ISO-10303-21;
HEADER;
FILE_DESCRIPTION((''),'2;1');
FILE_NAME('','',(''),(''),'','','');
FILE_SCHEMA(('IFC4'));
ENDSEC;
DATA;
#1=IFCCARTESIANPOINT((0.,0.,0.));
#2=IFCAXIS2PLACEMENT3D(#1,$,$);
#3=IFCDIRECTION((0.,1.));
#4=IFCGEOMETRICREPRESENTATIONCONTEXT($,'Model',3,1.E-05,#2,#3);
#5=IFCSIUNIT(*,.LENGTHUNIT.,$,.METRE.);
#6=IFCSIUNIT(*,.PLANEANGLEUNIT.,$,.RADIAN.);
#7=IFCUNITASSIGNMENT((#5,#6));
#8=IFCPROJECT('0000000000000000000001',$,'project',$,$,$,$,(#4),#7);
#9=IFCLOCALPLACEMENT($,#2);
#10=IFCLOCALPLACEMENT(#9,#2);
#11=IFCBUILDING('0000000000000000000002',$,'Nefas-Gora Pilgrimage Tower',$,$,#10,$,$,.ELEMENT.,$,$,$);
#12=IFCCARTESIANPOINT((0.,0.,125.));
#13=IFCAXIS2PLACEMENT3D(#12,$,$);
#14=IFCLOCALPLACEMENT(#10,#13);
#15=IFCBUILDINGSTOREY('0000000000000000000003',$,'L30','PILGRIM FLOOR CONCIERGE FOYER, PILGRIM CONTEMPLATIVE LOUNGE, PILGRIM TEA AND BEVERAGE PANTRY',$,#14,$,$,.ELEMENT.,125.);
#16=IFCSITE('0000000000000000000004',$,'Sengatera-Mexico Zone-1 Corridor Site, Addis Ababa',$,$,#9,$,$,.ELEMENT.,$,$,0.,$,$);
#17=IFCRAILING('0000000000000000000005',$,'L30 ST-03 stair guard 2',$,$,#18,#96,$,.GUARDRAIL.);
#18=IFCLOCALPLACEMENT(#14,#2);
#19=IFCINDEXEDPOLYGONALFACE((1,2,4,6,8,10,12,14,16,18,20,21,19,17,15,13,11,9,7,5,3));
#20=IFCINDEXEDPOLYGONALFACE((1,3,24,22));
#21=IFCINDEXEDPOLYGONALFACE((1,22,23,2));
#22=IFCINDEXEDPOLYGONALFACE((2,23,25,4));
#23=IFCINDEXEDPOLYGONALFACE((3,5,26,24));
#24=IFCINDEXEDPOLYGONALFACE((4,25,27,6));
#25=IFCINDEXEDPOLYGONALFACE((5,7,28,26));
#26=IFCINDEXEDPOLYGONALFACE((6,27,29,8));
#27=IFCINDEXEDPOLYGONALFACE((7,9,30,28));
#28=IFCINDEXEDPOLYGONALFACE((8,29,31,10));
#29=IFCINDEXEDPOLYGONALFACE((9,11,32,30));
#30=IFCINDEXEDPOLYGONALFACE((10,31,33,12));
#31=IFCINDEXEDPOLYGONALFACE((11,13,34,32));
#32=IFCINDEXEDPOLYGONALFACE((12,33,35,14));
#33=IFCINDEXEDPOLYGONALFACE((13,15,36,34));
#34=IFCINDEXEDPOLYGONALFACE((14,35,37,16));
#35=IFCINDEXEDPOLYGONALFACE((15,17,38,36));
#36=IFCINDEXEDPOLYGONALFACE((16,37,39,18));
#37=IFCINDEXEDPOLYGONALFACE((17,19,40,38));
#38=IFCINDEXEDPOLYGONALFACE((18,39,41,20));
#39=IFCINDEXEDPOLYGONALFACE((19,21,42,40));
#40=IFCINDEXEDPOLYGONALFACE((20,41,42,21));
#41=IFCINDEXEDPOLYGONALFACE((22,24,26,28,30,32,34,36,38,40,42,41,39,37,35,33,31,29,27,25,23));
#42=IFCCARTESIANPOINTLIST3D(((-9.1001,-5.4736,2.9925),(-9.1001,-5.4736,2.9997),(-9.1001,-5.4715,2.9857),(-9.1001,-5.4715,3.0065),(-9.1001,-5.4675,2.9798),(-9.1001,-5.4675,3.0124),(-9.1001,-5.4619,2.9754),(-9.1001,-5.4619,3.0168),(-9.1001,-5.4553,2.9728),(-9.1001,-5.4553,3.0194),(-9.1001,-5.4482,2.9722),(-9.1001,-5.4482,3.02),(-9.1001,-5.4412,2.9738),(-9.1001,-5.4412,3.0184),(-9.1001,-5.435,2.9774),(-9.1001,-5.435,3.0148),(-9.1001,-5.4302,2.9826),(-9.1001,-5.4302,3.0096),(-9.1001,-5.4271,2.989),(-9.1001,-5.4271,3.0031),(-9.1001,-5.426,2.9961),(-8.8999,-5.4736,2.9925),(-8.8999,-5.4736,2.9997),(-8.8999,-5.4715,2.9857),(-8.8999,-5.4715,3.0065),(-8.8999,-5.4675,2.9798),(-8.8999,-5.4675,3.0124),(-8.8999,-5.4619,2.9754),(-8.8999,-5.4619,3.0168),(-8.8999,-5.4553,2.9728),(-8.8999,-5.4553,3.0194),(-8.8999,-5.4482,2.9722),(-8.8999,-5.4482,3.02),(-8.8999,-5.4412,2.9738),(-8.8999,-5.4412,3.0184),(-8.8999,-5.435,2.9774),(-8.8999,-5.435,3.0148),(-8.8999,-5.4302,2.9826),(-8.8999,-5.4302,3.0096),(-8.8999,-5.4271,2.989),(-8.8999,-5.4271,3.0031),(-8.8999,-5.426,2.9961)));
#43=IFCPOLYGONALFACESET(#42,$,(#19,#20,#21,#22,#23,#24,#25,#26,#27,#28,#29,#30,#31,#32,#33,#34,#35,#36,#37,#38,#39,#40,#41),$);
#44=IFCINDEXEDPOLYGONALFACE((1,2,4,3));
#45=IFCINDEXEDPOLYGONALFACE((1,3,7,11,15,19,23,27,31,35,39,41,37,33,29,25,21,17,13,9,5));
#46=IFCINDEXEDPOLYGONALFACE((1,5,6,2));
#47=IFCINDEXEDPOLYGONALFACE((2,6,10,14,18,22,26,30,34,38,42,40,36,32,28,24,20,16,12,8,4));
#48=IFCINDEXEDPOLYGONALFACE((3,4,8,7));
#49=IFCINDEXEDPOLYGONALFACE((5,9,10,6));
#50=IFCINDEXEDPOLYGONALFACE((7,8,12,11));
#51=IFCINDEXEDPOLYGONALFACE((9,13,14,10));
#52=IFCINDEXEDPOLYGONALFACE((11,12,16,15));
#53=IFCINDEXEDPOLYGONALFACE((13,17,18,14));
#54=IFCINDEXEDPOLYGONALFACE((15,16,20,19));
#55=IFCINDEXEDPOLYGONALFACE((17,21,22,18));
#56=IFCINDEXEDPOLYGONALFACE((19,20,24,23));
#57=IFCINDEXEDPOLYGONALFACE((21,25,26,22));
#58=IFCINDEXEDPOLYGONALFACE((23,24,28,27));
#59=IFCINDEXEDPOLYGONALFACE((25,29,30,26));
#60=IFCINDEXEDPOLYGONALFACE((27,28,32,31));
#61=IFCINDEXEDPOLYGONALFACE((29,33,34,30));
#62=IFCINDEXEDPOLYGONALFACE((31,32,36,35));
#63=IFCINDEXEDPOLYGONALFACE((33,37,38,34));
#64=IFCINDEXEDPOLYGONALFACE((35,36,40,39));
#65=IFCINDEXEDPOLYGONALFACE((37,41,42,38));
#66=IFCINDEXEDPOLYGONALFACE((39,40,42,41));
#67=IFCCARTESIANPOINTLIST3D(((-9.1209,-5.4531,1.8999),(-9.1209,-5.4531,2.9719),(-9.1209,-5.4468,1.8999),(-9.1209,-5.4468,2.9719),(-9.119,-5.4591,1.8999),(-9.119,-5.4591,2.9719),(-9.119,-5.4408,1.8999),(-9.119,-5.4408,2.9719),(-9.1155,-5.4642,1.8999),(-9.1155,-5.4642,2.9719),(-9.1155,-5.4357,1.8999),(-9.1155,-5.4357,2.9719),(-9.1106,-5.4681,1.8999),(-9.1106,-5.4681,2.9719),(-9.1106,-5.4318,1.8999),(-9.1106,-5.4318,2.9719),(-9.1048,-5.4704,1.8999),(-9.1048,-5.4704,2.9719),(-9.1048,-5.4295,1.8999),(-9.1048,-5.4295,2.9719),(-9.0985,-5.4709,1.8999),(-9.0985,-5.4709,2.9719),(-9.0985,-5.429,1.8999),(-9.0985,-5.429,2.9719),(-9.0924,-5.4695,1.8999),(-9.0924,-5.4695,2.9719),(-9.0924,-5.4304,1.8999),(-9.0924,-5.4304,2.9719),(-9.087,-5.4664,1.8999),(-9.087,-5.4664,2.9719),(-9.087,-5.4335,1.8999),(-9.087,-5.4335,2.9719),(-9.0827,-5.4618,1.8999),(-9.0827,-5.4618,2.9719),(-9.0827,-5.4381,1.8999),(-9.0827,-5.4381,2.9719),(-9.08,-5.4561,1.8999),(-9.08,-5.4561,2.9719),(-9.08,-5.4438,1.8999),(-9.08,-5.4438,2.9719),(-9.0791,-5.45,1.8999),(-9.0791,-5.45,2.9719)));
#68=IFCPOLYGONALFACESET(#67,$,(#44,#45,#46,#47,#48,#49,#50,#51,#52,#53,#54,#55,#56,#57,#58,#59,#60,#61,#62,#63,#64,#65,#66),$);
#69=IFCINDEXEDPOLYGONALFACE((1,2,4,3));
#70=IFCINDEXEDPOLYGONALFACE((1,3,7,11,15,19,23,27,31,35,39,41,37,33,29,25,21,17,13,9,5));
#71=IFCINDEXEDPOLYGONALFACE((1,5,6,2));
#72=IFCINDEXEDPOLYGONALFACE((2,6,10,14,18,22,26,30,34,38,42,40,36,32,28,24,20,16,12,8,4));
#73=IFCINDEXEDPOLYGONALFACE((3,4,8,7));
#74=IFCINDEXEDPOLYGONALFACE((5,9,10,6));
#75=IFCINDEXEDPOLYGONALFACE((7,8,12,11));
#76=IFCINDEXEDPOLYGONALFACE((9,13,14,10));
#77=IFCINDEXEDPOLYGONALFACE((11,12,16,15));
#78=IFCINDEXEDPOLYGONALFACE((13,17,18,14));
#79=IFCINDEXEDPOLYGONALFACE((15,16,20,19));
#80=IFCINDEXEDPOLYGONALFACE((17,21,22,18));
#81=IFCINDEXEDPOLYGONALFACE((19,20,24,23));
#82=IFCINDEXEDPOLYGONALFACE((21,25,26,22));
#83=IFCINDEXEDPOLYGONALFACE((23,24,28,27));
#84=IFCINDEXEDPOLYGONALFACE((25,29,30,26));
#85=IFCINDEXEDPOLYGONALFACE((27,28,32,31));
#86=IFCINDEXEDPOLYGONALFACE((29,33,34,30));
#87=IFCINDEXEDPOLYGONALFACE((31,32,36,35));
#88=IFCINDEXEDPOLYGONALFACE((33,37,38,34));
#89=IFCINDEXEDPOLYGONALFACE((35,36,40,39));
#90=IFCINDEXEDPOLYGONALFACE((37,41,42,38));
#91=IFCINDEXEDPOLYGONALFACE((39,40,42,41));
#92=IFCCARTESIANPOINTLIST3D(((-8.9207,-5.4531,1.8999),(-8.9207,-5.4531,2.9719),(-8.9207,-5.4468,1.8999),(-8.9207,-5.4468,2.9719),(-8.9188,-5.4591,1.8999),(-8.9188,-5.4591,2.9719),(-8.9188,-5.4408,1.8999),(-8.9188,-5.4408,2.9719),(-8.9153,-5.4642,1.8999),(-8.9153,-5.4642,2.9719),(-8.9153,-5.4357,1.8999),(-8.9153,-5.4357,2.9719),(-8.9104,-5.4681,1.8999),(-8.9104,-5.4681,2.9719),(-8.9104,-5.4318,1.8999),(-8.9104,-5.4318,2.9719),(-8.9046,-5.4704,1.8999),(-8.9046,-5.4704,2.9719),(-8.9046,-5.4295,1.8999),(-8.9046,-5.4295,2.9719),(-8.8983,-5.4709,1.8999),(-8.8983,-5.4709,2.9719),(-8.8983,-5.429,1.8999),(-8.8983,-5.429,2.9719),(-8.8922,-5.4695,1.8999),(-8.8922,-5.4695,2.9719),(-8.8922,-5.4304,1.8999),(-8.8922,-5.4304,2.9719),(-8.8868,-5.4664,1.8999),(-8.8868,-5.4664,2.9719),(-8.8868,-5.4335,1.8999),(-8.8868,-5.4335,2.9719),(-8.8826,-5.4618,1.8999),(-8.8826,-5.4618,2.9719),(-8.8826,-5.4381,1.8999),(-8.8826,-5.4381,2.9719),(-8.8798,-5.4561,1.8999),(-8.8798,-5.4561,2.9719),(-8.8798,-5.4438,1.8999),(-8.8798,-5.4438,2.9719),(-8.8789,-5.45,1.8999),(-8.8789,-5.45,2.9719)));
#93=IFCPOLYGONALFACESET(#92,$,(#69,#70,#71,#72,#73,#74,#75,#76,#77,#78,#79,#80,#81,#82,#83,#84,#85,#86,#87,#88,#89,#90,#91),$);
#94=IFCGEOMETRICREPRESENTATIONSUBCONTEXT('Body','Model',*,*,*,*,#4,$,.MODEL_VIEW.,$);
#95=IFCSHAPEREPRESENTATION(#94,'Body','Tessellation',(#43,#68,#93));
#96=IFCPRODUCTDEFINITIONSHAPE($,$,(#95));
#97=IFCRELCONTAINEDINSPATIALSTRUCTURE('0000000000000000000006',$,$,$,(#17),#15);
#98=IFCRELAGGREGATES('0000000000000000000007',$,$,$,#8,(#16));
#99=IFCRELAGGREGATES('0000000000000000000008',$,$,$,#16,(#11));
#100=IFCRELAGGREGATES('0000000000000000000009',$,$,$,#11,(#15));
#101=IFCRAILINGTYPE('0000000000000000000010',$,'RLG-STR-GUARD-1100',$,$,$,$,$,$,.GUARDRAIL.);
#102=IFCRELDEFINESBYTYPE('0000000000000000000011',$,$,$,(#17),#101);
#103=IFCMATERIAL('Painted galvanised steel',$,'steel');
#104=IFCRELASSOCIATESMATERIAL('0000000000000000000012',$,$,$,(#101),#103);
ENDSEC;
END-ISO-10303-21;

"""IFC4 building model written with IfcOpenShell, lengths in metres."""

from ifc_helpers import new_model, si_unit, direction, frame, origin, origin_2d, place, context, subcontext, project, spatial, circle, extrude, material, type_object, element, save


model = new_model("IFC4")

# Units and contexts
model_context = context("Model", 3, precision=1e-05, world=origin(), true_north=direction((0.0, 1.0)))
body_context = subcontext(model_context, "Body", "Model", "MODEL_VIEW")
ifc_project = project(units=[si_unit("LENGTHUNIT", "METRE"), si_unit("PLANEANGLEUNIT", "RADIAN")], contexts=[model_context])

# Site, building, storey
site_placement = place(None, origin())
site = spatial("IfcSite", under=ifc_project, at=site_placement, Name="Sengatera-Mexico Zone-1 Corridor Site, Addis Ababa", CompositionType="ELEMENT", RefElevation=0.0)
building_placement = place(site_placement, origin())
building = spatial("IfcBuilding", under=site, at=building_placement, Name="Nefas-Gora Pilgrimage Tower", CompositionType="ELEMENT")
storey_placement = place(building_placement, frame((0.0, 0.0, 125.0)))
storey = spatial("IfcBuildingStorey", under=building, at=storey_placement, Name="L30", Description="PILGRIM FLOOR CONCIERGE FOYER, PILGRIM CONTEMPLATIVE LOUNGE, PILGRIM TEA AND BEVERAGE PANTRY", CompositionType="ELEMENT", Elevation=125.0)

# Railing
ifc_material_1 = material(Name="Painted galvanised steel", Category="steel")
railing_type_1 = type_object("IfcRailingType", Name="RLG-STR-GUARD-1100", PredefinedType="GUARDRAIL", material=ifc_material_1)
railing_1_placement = place(storey_placement, frame((-9.1001, -5.45, 1.8999)))
element("IfcRailing", 1, at=railing_1_placement, inside=storey, type_object=railing_type_1, Name="L30 ST-03 stair guard 2", PredefinedType="GUARDRAIL", context=body_context, shape_type="SweptSolid", body=[
    extrude(circle(Radius=0.0239, at=origin_2d()), frame((0.0, 0.0, 1.0962), z_axis=(1.0, 0.0, 0.0), x_axis=(0.0, 1.0, 0.0)), (0.0, 0.0, 1.0), 0.2002),
    extrude(circle(Radius=0.021, at=origin_2d()), origin(), (0.0, 0.0, 1.0), 1.072),
    extrude(circle(Radius=0.021, at=origin_2d()), frame((0.2002, 0.0, 0.0)), (0.0, 0.0, 1.0), 1.072),
])

save(model, "model.ifc")
